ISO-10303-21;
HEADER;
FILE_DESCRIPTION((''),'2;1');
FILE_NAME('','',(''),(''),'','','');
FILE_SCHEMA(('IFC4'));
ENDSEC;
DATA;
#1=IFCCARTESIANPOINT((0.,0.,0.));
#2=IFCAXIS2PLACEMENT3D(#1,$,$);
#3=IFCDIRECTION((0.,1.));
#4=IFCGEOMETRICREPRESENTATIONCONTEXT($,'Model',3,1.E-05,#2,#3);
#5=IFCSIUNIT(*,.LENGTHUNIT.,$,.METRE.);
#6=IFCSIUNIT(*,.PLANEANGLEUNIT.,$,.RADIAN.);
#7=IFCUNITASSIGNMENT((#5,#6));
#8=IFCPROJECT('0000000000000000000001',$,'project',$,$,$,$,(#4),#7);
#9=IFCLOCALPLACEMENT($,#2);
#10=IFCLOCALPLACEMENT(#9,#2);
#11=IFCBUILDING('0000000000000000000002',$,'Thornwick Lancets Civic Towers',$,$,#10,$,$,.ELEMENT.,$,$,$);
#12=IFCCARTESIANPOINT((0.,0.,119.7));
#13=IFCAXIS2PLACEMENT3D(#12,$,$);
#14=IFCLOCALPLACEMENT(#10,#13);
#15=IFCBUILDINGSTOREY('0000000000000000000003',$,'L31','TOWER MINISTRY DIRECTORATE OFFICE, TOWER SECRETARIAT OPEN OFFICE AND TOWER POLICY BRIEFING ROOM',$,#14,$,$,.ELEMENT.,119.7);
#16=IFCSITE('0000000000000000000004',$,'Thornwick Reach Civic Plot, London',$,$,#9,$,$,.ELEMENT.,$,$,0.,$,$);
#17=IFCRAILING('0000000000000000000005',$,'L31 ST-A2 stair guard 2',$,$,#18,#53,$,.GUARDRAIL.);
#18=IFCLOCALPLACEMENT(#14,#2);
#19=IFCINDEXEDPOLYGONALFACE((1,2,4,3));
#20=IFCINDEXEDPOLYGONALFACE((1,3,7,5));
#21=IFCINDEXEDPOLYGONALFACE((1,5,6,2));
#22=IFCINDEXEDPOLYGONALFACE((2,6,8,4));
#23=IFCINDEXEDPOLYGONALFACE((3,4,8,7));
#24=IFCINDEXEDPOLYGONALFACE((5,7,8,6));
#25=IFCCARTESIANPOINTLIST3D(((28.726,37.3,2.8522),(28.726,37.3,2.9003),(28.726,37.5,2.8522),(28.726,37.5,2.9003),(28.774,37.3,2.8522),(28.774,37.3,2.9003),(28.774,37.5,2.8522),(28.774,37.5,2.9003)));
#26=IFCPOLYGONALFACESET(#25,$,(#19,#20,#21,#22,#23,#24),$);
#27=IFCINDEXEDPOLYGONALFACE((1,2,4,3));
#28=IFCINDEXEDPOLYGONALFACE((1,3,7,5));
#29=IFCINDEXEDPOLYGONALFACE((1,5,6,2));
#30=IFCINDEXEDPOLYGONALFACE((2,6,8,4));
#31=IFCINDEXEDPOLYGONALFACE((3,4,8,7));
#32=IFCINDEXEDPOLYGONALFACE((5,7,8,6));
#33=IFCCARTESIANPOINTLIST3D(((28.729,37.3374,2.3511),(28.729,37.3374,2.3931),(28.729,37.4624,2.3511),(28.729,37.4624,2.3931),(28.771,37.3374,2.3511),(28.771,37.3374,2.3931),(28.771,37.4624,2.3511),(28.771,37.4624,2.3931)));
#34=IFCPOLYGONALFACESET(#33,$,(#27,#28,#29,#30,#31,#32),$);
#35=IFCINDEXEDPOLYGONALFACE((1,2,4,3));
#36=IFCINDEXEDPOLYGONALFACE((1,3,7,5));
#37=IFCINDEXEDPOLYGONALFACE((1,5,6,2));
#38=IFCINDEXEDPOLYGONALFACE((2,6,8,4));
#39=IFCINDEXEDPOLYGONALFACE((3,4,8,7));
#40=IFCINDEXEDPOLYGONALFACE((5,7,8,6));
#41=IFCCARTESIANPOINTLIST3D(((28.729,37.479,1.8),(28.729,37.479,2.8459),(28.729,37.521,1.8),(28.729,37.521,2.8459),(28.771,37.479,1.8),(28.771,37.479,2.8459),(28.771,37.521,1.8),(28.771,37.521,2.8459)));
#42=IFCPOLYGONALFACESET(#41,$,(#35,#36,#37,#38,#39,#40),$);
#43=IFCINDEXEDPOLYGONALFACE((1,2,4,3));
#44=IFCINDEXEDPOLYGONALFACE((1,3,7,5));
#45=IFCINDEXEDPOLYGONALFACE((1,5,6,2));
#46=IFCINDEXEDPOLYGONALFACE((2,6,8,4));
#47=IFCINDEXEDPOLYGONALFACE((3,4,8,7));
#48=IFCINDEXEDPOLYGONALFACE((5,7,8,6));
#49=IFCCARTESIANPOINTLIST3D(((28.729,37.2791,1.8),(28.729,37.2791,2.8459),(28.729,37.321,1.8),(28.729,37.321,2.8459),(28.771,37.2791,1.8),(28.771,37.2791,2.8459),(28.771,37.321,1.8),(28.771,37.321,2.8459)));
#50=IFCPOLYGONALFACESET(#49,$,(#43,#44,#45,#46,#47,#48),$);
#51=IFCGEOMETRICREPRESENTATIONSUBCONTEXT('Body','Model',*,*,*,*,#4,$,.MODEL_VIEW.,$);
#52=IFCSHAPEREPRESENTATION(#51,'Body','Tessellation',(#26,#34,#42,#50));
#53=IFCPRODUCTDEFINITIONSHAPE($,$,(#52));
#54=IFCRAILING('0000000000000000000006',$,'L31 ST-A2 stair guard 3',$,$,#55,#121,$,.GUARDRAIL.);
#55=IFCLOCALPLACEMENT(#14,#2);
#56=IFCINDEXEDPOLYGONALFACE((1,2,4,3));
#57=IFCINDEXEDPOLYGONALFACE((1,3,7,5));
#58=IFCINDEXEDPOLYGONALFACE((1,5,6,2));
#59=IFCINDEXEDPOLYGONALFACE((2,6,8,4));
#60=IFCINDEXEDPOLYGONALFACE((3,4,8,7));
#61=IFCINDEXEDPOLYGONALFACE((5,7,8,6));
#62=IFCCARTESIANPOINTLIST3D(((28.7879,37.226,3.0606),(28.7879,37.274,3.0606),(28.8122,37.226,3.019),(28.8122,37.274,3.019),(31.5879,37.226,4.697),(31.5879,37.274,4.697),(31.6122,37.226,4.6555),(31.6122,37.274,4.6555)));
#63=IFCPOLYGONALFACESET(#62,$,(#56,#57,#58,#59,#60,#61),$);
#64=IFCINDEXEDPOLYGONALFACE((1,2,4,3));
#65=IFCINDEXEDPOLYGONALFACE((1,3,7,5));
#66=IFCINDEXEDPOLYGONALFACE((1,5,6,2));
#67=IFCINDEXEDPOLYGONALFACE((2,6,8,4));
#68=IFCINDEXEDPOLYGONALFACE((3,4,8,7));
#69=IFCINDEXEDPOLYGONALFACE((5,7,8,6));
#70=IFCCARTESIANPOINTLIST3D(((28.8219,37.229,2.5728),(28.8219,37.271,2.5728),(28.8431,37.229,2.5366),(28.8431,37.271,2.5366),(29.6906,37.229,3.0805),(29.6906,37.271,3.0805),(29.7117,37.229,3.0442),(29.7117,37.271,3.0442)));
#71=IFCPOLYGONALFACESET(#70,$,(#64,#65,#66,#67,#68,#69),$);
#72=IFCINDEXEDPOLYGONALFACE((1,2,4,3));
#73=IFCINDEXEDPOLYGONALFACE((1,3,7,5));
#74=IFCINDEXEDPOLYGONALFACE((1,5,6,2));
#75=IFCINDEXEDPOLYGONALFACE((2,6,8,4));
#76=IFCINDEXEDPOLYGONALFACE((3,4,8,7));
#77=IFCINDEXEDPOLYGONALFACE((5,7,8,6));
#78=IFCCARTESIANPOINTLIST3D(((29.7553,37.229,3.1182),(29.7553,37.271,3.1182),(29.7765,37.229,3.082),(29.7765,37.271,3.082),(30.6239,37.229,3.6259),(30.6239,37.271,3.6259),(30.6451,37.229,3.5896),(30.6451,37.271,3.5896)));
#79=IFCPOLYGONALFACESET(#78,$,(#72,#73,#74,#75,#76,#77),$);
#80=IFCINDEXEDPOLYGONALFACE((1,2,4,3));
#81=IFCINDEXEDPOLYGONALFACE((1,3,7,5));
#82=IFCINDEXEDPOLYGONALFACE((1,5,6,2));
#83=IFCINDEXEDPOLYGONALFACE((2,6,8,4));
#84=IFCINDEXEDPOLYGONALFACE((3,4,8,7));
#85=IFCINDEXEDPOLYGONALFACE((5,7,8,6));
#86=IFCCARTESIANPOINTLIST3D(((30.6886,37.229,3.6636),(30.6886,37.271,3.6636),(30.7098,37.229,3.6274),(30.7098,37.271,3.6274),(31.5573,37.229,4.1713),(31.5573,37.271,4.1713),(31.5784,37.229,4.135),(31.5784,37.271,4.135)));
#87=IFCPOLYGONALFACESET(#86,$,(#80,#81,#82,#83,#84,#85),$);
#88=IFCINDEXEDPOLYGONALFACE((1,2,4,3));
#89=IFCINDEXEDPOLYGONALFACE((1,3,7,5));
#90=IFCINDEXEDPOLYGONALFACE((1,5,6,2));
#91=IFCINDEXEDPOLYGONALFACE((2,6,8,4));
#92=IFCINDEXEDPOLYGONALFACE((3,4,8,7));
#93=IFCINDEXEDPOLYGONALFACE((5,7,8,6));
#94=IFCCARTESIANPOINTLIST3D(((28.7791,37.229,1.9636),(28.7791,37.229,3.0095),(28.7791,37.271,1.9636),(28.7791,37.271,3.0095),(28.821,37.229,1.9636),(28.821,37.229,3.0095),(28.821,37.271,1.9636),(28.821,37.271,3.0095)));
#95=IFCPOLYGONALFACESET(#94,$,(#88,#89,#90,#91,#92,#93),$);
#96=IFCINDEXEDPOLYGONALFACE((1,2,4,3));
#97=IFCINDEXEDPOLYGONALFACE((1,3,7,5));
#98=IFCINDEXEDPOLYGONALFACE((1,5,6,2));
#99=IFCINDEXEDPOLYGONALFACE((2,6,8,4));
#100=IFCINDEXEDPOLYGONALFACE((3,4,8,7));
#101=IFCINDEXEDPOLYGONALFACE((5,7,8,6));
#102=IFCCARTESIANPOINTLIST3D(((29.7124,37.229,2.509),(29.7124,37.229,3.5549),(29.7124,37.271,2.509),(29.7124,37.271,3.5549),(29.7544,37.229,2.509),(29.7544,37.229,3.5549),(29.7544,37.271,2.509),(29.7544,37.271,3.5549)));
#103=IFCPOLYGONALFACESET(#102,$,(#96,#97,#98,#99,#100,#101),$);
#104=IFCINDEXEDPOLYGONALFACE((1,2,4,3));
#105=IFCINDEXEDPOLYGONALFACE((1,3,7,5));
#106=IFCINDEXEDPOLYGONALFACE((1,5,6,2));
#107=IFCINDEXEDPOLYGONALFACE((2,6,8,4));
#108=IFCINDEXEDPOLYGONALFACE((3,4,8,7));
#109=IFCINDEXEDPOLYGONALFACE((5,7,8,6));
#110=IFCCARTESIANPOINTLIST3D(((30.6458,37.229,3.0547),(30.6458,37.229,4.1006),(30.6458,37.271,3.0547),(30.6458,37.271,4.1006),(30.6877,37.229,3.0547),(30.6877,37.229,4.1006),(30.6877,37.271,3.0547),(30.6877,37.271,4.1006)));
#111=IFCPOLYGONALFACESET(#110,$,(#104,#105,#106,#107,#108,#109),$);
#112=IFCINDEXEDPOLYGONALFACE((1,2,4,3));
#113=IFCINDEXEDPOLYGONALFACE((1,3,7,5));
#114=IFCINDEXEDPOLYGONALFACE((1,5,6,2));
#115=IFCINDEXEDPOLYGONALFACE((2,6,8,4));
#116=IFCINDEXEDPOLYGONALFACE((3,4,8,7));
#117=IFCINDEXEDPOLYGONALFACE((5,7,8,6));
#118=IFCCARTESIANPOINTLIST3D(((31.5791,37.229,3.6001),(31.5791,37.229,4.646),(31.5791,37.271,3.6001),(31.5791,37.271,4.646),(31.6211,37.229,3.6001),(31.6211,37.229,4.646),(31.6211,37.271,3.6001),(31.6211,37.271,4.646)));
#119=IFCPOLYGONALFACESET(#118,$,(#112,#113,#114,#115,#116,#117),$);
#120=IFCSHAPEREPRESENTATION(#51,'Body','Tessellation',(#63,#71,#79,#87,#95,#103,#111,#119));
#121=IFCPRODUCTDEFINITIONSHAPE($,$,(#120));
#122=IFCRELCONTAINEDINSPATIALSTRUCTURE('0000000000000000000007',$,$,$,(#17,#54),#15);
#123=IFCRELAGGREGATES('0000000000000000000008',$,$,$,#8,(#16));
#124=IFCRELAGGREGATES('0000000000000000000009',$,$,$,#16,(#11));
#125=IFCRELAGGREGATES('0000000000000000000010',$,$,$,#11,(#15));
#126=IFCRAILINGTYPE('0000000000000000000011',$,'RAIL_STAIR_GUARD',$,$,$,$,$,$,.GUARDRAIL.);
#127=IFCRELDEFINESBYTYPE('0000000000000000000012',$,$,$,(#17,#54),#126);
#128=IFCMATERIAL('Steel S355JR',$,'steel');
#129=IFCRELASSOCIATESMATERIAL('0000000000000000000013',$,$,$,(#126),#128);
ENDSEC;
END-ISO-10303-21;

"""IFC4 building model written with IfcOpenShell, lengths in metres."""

from ifc_helpers import new_model, si_unit, direction, frame, origin, origin_2d, place, context, subcontext, project, spatial, rectangle, extrude, material, type_object, element, save


model = new_model("IFC4")

# Units and contexts
model_context = context("Model", 3, precision=1e-05, world=origin(), true_north=direction((0.0, 1.0)))
body_context = subcontext(model_context, "Body", "Model", "MODEL_VIEW")
ifc_project = project(units=[si_unit("LENGTHUNIT", "METRE"), si_unit("PLANEANGLEUNIT", "RADIAN")], contexts=[model_context])

# Site, building, storey
site_placement = place(None, origin())
site = spatial("IfcSite", under=ifc_project, at=site_placement, Name="Thornwick Reach Civic Plot, London", CompositionType="ELEMENT", RefElevation=0.0)
building_placement = place(site_placement, origin())
building = spatial("IfcBuilding", under=site, at=building_placement, Name="Thornwick Lancets Civic Towers", CompositionType="ELEMENT")
storey_placement = place(building_placement, frame((0.0, 0.0, 119.7)))
storey = spatial("IfcBuildingStorey", under=building, at=storey_placement, Name="L31", Description="TOWER MINISTRY DIRECTORATE OFFICE, TOWER SECRETARIAT OPEN OFFICE AND TOWER POLICY BRIEFING ROOM", CompositionType="ELEMENT", Elevation=119.7)

# Shared definitions
ifc_material_1 = material(Name="Steel S355JR", Category="steel")

# Railings
railing_type_1 = type_object("IfcRailingType", Name="RAIL_STAIR_GUARD", PredefinedType="GUARDRAIL", material=ifc_material_1)
railing_1_placement = place(storey_placement, frame((28.75, 37.5, 1.8)))
element("IfcRailing", 1, at=railing_1_placement, inside=storey, type_object=railing_type_1, Name="L31 ST-A2 stair guard 2", PredefinedType="GUARDRAIL", context=body_context, shape_type="SweptSolid", body=[
    extrude(rectangle(XDim=0.0481, YDim=0.0481, at=origin_2d()), frame((0.0, 0.0, 1.0762), z_axis=(0.0, -1.0, 0.0), x_axis=(1.0, 0.0, 0.0)), (0.0, 0.0, 1.0), 0.2),
    extrude(rectangle(XDim=0.042, YDim=0.042, at=origin_2d()), frame((0.0, -0.0376, 0.572), z_axis=(0.0, -1.0, 0.0), x_axis=(1.0, 0.0, 0.0)), (0.0, 0.0, 1.0), 0.125),
    extrude(rectangle(XDim=0.042, YDim=0.042, at=origin_2d()), origin(), (0.0, 0.0, 1.0), 1.0459),
    extrude(rectangle(XDim=0.042, YDim=0.042, at=origin_2d()), frame((0.0, -0.2, 0.0)), (0.0, 0.0, 1.0), 1.0459),
])
railing_2_placement = place(storey_placement, frame((28.8, 37.25, 1.9636)))
element("IfcRailing", 2, at=railing_2_placement, inside=storey, type_object=railing_type_1, Name="L31 ST-A2 stair guard 3", PredefinedType="GUARDRAIL", context=body_context, shape_type="SweptSolid", body=[
    extrude(rectangle(XDim=0.0481, YDim=0.0481, at=origin_2d()), frame((0.0, 0.0, 1.0762), z_axis=(0.863361, 0.0, 0.504587), x_axis=(0.0, 1.0, 0.0)), (0.0, 0.0, 1.0), 3.2432),
    extrude(rectangle(XDim=0.042, YDim=0.042, at=origin_2d()), frame((0.0325, 0.0, 0.5911), z_axis=(0.863361, 0.0, 0.504587), x_axis=(0.0, 1.0, 0.0)), (0.0, 0.0, 1.0), 1.0061),
    extrude(rectangle(XDim=0.042, YDim=0.042, at=origin_2d()), frame((0.9658, 0.0, 1.1365), z_axis=(0.863361, 0.0, 0.504587), x_axis=(0.0, 1.0, 0.0)), (0.0, 0.0, 1.0), 1.0061),
    extrude(rectangle(XDim=0.042, YDim=0.042, at=origin_2d()), frame((1.8992, 0.0, 1.6819), z_axis=(0.863361, 0.0, 0.504587), x_axis=(0.0, 1.0, 0.0)), (0.0, 0.0, 1.0), 1.0061),
    extrude(rectangle(XDim=0.042, YDim=0.042, at=origin_2d()), origin(), (0.0, 0.0, 1.0), 1.0459),
    extrude(rectangle(XDim=0.042, YDim=0.042, at=origin_2d()), frame((0.9333, 0.0, 0.5454)), (0.0, 0.0, 1.0), 1.0459),
    extrude(rectangle(XDim=0.042, YDim=0.042, at=origin_2d()), frame((1.8667, 0.0, 1.0911)), (0.0, 0.0, 1.0), 1.0459),
    extrude(rectangle(XDim=0.042, YDim=0.042, at=origin_2d()), frame((2.8, 0.0, 1.6365)), (0.0, 0.0, 1.0), 1.0459),
])

save(model, "model.ifc")
